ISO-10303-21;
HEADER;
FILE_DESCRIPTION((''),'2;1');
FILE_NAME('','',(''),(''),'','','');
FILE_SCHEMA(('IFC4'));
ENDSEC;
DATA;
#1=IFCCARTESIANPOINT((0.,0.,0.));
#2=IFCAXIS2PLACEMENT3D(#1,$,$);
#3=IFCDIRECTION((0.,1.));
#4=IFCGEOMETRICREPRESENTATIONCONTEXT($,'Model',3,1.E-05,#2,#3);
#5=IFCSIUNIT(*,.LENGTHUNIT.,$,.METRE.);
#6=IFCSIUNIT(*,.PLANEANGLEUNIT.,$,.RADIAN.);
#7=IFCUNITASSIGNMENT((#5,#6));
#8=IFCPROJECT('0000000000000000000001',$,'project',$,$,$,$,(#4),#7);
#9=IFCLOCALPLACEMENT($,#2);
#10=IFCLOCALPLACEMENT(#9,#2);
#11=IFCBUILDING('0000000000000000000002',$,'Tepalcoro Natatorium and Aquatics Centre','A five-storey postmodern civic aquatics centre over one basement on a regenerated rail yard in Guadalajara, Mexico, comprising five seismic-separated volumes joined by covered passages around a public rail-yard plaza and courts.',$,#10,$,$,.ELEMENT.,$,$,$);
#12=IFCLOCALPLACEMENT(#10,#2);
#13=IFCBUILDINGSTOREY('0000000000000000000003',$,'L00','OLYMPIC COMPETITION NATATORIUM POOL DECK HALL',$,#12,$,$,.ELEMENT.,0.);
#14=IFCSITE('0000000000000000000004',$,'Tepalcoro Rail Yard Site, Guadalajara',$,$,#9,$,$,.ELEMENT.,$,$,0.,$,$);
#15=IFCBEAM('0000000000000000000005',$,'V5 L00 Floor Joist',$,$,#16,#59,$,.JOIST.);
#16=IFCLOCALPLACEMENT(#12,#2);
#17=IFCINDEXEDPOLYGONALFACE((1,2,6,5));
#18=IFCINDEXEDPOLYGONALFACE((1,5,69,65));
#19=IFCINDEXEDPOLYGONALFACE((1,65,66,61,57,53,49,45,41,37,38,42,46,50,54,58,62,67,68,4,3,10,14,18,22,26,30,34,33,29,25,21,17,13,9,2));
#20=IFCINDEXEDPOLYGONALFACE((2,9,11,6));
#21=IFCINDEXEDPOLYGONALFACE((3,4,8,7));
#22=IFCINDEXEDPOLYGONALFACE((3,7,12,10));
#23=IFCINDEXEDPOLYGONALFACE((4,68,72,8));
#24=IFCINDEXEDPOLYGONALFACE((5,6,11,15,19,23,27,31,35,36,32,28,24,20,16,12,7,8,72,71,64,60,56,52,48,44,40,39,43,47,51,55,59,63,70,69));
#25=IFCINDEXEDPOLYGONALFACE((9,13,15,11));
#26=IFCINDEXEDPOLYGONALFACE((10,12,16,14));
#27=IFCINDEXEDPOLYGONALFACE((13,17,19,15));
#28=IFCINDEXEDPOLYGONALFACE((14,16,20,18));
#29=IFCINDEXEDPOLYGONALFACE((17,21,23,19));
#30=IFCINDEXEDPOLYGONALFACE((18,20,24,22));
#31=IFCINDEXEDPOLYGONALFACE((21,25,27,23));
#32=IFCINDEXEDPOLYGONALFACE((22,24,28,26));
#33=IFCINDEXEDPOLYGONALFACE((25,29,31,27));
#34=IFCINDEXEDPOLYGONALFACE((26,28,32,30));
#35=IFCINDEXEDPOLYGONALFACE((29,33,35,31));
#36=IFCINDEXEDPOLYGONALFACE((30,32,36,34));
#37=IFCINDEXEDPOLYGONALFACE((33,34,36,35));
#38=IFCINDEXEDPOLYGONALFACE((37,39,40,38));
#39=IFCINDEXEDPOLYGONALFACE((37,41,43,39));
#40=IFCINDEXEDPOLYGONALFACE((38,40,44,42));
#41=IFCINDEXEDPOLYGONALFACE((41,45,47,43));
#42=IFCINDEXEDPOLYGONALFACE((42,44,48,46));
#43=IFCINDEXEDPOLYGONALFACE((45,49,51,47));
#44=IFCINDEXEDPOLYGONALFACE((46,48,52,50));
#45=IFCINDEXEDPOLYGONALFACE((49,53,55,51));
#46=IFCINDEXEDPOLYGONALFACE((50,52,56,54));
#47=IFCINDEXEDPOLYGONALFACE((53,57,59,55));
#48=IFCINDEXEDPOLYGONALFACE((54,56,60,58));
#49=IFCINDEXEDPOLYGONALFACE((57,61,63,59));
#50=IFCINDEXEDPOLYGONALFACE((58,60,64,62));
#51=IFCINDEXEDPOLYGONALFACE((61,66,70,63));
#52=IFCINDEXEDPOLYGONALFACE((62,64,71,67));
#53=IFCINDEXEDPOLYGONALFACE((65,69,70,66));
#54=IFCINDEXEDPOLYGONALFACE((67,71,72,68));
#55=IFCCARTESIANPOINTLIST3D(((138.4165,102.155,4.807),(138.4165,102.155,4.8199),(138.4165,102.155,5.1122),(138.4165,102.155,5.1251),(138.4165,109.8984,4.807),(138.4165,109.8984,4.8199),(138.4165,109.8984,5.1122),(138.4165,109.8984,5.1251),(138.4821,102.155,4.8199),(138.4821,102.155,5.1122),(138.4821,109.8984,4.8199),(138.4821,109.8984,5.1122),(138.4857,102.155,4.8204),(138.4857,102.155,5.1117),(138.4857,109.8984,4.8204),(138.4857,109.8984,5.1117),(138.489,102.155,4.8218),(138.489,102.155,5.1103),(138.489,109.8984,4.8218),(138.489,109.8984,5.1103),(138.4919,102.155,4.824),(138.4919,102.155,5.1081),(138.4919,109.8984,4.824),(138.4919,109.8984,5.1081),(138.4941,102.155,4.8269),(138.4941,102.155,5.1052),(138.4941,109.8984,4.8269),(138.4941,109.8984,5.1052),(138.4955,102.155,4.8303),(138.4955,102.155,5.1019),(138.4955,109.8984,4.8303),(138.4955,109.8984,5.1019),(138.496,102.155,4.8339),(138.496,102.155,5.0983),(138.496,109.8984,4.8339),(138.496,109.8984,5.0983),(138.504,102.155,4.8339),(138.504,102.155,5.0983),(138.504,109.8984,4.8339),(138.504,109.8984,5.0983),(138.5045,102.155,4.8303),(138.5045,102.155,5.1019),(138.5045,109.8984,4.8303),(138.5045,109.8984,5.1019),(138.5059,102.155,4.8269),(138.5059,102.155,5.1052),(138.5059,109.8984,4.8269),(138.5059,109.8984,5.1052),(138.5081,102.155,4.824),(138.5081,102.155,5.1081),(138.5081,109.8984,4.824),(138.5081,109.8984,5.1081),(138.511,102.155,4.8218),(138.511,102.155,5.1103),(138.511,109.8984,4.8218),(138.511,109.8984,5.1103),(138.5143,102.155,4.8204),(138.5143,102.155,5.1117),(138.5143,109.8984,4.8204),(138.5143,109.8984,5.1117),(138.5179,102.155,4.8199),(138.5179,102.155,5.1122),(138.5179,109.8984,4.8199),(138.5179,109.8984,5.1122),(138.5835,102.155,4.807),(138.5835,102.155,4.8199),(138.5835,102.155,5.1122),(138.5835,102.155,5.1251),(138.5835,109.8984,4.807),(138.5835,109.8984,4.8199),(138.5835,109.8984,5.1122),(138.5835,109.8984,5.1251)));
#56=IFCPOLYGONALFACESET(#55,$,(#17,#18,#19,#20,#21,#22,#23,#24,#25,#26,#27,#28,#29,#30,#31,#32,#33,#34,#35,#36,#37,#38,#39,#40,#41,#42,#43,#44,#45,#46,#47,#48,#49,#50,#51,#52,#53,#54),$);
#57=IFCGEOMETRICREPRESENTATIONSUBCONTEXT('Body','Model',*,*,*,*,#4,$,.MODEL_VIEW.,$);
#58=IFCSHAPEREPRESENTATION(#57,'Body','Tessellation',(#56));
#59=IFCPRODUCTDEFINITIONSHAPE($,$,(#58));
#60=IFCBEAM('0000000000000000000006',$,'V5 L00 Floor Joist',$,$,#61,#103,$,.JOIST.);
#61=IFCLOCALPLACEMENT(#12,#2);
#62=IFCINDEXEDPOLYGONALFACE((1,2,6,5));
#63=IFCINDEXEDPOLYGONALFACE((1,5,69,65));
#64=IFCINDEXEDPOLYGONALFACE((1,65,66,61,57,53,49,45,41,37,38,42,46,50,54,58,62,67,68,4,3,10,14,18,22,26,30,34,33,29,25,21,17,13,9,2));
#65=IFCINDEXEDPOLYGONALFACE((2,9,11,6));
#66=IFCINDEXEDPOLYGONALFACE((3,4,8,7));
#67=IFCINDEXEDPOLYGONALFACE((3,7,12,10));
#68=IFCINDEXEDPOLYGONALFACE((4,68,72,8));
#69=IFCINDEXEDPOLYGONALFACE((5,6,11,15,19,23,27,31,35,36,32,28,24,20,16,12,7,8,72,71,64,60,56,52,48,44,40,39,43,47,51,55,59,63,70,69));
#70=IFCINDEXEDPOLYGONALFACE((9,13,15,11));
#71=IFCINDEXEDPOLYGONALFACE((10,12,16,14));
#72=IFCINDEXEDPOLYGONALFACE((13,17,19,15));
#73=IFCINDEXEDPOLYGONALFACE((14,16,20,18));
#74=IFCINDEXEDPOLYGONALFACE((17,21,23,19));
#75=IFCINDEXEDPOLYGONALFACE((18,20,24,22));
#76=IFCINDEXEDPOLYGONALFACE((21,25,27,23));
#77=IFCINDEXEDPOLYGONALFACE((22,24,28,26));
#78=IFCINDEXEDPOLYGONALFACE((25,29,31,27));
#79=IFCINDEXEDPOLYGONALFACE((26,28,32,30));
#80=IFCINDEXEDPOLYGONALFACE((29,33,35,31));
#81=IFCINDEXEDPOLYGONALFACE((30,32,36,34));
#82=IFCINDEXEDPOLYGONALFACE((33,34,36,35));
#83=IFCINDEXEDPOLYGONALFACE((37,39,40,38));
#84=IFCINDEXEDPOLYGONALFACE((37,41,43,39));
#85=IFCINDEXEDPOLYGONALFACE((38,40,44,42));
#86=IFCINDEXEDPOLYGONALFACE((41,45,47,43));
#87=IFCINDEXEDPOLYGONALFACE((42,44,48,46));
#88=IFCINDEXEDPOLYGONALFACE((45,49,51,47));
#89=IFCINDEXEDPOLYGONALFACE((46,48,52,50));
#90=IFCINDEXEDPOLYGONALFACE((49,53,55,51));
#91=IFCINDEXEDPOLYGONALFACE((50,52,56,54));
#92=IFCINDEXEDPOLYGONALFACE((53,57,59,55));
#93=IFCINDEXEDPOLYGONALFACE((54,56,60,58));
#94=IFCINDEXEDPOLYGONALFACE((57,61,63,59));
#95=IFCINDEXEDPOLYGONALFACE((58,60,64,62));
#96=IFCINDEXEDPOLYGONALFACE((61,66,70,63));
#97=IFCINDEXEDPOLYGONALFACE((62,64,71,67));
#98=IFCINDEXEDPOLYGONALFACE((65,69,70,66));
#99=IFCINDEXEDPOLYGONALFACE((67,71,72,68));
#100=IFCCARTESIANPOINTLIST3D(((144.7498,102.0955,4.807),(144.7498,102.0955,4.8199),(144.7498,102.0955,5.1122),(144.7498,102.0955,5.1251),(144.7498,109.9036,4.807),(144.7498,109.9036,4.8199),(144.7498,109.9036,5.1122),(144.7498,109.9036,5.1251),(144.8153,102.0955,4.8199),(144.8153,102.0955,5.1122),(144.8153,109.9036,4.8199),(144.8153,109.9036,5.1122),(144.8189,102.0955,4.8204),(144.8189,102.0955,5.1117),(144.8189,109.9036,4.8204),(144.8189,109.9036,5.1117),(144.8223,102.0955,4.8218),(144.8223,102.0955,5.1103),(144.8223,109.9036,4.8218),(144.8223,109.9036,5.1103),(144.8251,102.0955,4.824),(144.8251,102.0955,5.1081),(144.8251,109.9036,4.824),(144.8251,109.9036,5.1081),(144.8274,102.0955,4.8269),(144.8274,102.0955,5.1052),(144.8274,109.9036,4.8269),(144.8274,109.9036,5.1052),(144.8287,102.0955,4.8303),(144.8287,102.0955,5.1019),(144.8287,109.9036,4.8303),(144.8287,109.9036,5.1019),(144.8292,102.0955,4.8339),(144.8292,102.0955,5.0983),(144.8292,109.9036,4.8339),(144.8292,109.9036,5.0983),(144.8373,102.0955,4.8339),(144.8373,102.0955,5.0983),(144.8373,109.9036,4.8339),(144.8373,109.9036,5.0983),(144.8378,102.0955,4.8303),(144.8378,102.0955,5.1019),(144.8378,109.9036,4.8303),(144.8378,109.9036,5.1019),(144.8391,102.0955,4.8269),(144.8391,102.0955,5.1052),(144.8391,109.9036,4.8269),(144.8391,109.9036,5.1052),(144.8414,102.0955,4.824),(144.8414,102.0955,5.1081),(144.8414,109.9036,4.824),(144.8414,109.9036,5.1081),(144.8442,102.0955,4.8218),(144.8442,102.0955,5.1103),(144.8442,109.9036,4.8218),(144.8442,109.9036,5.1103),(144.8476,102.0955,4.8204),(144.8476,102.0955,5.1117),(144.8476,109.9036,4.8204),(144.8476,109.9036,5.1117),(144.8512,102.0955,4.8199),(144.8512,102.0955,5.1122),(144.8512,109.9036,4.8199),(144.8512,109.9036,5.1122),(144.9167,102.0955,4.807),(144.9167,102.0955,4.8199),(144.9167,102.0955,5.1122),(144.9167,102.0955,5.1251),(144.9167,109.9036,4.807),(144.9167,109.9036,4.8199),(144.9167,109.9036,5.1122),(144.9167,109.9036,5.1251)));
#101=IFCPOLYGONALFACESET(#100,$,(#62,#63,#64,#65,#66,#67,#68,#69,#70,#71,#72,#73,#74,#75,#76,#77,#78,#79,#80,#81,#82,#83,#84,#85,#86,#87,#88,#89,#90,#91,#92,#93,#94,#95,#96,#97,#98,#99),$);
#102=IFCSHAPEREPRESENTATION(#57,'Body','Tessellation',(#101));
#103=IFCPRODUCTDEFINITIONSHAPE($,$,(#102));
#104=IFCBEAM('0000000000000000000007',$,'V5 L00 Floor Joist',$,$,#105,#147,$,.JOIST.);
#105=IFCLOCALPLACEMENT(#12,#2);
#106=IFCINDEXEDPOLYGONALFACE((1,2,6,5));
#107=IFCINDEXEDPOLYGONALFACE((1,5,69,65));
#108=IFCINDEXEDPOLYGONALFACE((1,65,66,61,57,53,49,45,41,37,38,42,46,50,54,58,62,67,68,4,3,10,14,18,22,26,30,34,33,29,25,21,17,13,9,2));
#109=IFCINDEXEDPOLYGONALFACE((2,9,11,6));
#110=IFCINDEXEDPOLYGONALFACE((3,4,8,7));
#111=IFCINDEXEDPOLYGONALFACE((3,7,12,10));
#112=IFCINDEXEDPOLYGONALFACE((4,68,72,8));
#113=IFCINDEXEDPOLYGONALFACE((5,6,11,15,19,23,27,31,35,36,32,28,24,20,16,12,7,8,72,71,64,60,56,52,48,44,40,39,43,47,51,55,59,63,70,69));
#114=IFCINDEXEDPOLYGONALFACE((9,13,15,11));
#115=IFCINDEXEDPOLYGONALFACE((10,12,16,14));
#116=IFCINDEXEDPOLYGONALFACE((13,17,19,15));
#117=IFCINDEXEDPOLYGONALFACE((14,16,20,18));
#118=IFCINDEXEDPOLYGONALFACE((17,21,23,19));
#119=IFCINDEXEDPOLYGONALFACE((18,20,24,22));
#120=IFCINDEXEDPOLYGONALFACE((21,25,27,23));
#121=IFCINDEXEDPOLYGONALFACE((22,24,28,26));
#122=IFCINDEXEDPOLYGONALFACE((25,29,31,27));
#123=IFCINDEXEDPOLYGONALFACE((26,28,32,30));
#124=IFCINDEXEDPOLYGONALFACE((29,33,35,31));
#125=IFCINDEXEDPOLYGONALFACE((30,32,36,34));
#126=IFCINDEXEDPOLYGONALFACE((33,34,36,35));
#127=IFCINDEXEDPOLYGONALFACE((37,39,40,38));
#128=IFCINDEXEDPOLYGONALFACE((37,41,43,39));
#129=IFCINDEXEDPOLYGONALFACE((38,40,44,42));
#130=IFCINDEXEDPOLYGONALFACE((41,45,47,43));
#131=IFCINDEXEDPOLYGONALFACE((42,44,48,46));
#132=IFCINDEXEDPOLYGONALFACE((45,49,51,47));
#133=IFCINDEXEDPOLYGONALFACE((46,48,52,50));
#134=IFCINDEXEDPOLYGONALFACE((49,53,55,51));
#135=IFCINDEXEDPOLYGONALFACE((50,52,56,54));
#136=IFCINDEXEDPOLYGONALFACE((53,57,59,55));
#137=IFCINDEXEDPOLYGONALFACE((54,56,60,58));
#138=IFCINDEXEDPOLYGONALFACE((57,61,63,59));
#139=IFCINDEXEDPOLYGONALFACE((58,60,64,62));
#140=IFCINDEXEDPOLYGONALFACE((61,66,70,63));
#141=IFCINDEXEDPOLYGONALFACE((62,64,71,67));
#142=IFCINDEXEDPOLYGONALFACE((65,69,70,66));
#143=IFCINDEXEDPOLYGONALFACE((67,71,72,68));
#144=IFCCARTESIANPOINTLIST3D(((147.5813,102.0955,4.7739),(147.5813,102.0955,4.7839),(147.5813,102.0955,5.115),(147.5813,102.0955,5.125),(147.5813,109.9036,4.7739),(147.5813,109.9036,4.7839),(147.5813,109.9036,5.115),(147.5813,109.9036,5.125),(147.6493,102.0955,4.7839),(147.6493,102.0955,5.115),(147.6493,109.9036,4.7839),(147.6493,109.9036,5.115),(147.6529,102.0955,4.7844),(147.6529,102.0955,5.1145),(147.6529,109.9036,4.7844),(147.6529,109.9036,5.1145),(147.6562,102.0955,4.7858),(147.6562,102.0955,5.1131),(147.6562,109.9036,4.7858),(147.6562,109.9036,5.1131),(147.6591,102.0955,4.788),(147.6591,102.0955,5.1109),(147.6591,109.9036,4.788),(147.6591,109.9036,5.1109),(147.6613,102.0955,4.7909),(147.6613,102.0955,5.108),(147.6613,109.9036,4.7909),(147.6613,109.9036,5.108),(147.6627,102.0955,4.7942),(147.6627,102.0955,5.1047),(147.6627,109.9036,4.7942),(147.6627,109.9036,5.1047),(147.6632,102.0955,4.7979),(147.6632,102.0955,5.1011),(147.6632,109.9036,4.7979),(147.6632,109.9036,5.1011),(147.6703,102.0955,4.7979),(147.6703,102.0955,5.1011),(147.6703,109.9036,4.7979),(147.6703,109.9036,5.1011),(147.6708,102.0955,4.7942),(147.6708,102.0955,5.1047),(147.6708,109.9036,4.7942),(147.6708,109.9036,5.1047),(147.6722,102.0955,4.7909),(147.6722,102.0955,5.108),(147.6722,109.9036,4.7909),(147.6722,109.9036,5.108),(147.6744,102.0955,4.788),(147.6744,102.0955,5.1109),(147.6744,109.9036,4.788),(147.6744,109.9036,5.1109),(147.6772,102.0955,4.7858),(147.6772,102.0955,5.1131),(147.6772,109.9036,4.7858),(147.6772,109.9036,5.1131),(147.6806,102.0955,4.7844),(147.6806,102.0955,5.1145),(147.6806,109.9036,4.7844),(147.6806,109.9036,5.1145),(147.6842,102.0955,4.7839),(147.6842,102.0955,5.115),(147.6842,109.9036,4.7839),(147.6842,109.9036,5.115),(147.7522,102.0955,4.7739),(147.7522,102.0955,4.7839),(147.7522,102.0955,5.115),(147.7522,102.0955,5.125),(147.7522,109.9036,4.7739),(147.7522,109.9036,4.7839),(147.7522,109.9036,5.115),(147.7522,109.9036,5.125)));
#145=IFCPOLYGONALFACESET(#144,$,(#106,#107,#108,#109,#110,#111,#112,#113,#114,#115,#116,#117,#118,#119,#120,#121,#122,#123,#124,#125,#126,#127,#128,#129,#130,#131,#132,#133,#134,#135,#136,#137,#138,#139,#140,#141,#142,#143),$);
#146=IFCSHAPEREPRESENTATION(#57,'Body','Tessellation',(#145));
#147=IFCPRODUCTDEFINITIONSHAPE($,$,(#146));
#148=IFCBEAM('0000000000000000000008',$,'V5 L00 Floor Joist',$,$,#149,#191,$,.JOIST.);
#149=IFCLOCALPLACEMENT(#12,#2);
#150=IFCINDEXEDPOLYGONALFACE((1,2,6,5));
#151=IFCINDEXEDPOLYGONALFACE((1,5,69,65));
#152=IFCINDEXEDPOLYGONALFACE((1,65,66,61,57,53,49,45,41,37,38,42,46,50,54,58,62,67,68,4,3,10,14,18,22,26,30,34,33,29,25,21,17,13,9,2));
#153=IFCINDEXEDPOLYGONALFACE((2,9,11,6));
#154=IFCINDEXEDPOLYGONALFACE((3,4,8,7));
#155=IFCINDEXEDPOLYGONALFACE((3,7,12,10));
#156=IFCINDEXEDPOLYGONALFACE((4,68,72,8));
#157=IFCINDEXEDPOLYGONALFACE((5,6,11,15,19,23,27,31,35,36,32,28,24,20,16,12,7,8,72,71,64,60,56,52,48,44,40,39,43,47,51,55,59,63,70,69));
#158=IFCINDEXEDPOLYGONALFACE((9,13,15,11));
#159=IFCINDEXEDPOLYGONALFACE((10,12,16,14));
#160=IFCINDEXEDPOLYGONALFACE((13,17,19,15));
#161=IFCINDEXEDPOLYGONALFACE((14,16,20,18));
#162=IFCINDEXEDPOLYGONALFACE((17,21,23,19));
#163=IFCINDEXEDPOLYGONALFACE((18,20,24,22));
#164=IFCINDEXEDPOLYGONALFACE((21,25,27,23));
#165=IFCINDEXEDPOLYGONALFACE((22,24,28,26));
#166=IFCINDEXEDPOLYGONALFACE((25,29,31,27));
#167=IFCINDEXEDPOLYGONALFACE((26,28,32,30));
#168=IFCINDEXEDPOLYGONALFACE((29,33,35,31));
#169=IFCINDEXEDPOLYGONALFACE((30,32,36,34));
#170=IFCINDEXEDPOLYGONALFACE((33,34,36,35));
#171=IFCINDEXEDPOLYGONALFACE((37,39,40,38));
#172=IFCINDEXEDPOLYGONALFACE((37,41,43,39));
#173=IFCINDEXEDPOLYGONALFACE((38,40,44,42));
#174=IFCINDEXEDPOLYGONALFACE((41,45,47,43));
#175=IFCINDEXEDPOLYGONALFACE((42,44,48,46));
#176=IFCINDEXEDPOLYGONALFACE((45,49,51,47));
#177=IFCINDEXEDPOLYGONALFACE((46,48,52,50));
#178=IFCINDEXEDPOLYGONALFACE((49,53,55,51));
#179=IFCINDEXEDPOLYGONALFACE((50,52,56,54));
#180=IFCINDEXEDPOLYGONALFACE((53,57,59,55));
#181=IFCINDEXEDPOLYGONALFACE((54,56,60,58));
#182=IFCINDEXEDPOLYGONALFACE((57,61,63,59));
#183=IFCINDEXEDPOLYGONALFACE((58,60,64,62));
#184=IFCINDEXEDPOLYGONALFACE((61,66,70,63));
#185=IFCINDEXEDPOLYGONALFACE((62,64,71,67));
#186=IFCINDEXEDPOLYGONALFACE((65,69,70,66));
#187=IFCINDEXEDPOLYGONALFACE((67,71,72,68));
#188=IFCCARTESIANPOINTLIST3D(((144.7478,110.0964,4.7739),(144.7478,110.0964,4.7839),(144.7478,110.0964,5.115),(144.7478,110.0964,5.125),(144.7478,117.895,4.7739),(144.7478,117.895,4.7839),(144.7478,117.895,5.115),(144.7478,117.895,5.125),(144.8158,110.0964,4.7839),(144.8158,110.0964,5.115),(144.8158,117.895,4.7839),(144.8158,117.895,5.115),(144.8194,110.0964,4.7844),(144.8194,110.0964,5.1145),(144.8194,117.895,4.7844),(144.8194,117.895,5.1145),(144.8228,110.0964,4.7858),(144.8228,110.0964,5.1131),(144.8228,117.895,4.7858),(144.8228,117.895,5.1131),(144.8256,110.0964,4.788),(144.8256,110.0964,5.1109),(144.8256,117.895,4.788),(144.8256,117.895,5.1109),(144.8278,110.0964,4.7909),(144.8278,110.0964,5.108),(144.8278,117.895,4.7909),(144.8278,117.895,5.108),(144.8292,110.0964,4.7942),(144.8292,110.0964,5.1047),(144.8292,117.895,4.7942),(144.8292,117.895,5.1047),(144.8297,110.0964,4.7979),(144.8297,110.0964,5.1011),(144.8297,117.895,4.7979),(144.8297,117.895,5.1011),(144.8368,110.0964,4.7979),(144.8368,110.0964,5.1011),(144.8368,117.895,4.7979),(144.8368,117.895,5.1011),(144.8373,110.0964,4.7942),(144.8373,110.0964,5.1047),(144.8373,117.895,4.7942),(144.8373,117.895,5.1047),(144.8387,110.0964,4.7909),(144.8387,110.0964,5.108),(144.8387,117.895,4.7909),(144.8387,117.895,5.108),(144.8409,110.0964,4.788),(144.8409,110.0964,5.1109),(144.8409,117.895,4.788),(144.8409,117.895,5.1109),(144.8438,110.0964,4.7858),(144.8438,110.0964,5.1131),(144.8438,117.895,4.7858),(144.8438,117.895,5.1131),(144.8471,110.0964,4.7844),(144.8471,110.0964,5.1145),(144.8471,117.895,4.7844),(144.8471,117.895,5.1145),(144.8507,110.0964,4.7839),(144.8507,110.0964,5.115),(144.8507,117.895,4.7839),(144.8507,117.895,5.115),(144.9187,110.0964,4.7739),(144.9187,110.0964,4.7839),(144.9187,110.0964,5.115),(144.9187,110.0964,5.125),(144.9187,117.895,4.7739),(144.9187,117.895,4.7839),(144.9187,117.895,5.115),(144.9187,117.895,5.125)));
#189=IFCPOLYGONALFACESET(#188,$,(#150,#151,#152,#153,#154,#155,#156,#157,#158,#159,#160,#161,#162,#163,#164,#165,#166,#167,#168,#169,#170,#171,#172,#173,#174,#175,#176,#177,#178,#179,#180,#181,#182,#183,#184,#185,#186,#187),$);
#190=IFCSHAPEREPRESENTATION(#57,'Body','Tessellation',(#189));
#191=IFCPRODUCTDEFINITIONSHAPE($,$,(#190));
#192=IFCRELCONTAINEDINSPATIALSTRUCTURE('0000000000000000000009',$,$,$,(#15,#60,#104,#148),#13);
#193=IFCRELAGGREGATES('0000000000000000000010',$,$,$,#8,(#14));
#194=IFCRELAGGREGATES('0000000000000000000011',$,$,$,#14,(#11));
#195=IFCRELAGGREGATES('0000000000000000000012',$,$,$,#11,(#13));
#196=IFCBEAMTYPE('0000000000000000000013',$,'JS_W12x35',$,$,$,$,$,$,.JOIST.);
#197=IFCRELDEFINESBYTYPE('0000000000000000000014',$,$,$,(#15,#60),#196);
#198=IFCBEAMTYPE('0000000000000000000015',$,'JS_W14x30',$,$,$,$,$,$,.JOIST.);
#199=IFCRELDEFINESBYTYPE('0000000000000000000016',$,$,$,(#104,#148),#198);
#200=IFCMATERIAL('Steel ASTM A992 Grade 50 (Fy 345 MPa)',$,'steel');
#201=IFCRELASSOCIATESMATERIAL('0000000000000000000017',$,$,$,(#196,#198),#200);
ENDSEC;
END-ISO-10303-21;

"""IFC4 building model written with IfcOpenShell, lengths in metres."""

from ifc_helpers import new_model, si_unit, direction, frame, origin, origin_2d, place, context, subcontext, project, spatial, i_section, extrude, material, material_profile, profile_set, type_object, element, save


model = new_model("IFC4")

# Units and contexts
model_context = context("Model", 3, precision=1e-05, world=origin(), true_north=direction((0.0, 1.0)))
body_context = subcontext(model_context, "Body", "Model", "MODEL_VIEW")
ifc_project = project(units=[si_unit("LENGTHUNIT", "METRE"), si_unit("PLANEANGLEUNIT", "RADIAN")], contexts=[model_context])

# Site, building, storey
site_placement = place(None, origin())
site = spatial("IfcSite", under=ifc_project, at=site_placement, Name="Tepalcoro Rail Yard Site, Guadalajara", CompositionType="ELEMENT", RefElevation=0.0)
building_placement = place(site_placement, origin())
building = spatial("IfcBuilding", under=site, at=building_placement, Name="Tepalcoro Natatorium and Aquatics Centre", Description="A five-storey postmodern civic aquatics centre over one basement on a regenerated rail yard in Guadalajara, Mexico, comprising five seismic-separated volumes joined by covered passages around a public rail-yard plaza and courts.", CompositionType="ELEMENT")
storey_placement = place(building_placement, origin())
storey = spatial("IfcBuildingStorey", under=building, at=storey_placement, Name="L00", Description="OLYMPIC COMPETITION NATATORIUM POOL DECK HALL", CompositionType="ELEMENT", Elevation=0.0)

# Beams
ifc_material_1 = material(Name="Steel ASTM A992 Grade 50 (Fy 345 MPa)", Category="steel")
ifc_material_profile_1 = material_profile(ifc_material_1, i_section(OverallWidth=0.167, OverallDepth=0.3181, WebThickness=0.0081, FlangeThickness=0.0129, FilletRadius=0.0139, at=origin_2d()), Name="W12X35")
ifc_profile_set_1 = profile_set([ifc_material_profile_1], Name="Steel ASTM A992 Grade 50 (Fy 345 MPa)")
beam_type_1 = type_object("IfcBeamType", Name="JS_W12x35", PredefinedType="JOIST", material=ifc_profile_set_1)
beam_1_placement = place(storey_placement, frame((138.5, 102.155, 4.9661), z_axis=(0.0, 1.0, 0.0), x_axis=(-1.0, 0.0, 0.0)))
element("IfcBeam", 1, at=beam_1_placement, inside=storey, type_object=beam_type_1, Name="V5 L00 Floor Joist", PredefinedType="JOIST", context=body_context, shape_type="SweptSolid", body=[
    extrude(i_section(OverallWidth=0.167, OverallDepth=0.3181, WebThickness=0.0081, FlangeThickness=0.0129, FilletRadius=0.0139, at=origin_2d()), origin(), (0.0, 0.0, 1.0), 7.7434),
])
beam_2_placement = place(storey_placement, frame((144.8333, 102.0955, 4.9661), z_axis=(0.0, 1.0, 0.0), x_axis=(-1.0, 0.0, 0.0)))
element("IfcBeam", 2, at=beam_2_placement, inside=storey, type_object=beam_type_1, Name="V5 L00 Floor Joist", PredefinedType="JOIST", context=body_context, shape_type="SweptSolid", body=[
    extrude(i_section(OverallWidth=0.167, OverallDepth=0.3181, WebThickness=0.0081, FlangeThickness=0.0129, FilletRadius=0.0139, at=origin_2d()), origin(), (0.0, 0.0, 1.0), 7.8081),
])
ifc_material_profile_2 = material_profile(ifc_material_1, i_section(OverallWidth=0.1709, OverallDepth=0.3511, WebThickness=0.0071, FlangeThickness=0.01, FilletRadius=0.0139, at=origin_2d()), Name="W14X30")
ifc_profile_set_2 = profile_set([ifc_material_profile_2], Name="Steel ASTM A992 Grade 50 (Fy 345 MPa)")
beam_type_2 = type_object("IfcBeamType", Name="JS_W14x30", PredefinedType="JOIST", material=ifc_profile_set_2)
beam_3_placement = place(storey_placement, frame((147.6667, 102.0955, 4.9495), z_axis=(0.0, 1.0, 0.0), x_axis=(-1.0, 0.0, 0.0)))
element("IfcBeam", 3, at=beam_3_placement, inside=storey, type_object=beam_type_2, Name="V5 L00 Floor Joist", PredefinedType="JOIST", context=body_context, shape_type="SweptSolid", body=[
    extrude(i_section(OverallWidth=0.1709, OverallDepth=0.3511, WebThickness=0.0071, FlangeThickness=0.01, FilletRadius=0.0139, at=origin_2d()), origin(), (0.0, 0.0, 1.0), 7.8081),
])
beam_4_placement = place(storey_placement, frame((144.8333, 110.0964, 4.9495), z_axis=(0.0, 1.0, 0.0), x_axis=(-1.0, 0.0, 0.0)))
element("IfcBeam", 4, at=beam_4_placement, inside=storey, type_object=beam_type_2, Name="V5 L00 Floor Joist", PredefinedType="JOIST", context=body_context, shape_type="SweptSolid", body=[
    extrude(i_section(OverallWidth=0.1709, OverallDepth=0.3511, WebThickness=0.0071, FlangeThickness=0.01, FilletRadius=0.0139, at=origin_2d()), origin(), (0.0, 0.0, 1.0), 7.7986),
])

save(model, "model.ifc")
